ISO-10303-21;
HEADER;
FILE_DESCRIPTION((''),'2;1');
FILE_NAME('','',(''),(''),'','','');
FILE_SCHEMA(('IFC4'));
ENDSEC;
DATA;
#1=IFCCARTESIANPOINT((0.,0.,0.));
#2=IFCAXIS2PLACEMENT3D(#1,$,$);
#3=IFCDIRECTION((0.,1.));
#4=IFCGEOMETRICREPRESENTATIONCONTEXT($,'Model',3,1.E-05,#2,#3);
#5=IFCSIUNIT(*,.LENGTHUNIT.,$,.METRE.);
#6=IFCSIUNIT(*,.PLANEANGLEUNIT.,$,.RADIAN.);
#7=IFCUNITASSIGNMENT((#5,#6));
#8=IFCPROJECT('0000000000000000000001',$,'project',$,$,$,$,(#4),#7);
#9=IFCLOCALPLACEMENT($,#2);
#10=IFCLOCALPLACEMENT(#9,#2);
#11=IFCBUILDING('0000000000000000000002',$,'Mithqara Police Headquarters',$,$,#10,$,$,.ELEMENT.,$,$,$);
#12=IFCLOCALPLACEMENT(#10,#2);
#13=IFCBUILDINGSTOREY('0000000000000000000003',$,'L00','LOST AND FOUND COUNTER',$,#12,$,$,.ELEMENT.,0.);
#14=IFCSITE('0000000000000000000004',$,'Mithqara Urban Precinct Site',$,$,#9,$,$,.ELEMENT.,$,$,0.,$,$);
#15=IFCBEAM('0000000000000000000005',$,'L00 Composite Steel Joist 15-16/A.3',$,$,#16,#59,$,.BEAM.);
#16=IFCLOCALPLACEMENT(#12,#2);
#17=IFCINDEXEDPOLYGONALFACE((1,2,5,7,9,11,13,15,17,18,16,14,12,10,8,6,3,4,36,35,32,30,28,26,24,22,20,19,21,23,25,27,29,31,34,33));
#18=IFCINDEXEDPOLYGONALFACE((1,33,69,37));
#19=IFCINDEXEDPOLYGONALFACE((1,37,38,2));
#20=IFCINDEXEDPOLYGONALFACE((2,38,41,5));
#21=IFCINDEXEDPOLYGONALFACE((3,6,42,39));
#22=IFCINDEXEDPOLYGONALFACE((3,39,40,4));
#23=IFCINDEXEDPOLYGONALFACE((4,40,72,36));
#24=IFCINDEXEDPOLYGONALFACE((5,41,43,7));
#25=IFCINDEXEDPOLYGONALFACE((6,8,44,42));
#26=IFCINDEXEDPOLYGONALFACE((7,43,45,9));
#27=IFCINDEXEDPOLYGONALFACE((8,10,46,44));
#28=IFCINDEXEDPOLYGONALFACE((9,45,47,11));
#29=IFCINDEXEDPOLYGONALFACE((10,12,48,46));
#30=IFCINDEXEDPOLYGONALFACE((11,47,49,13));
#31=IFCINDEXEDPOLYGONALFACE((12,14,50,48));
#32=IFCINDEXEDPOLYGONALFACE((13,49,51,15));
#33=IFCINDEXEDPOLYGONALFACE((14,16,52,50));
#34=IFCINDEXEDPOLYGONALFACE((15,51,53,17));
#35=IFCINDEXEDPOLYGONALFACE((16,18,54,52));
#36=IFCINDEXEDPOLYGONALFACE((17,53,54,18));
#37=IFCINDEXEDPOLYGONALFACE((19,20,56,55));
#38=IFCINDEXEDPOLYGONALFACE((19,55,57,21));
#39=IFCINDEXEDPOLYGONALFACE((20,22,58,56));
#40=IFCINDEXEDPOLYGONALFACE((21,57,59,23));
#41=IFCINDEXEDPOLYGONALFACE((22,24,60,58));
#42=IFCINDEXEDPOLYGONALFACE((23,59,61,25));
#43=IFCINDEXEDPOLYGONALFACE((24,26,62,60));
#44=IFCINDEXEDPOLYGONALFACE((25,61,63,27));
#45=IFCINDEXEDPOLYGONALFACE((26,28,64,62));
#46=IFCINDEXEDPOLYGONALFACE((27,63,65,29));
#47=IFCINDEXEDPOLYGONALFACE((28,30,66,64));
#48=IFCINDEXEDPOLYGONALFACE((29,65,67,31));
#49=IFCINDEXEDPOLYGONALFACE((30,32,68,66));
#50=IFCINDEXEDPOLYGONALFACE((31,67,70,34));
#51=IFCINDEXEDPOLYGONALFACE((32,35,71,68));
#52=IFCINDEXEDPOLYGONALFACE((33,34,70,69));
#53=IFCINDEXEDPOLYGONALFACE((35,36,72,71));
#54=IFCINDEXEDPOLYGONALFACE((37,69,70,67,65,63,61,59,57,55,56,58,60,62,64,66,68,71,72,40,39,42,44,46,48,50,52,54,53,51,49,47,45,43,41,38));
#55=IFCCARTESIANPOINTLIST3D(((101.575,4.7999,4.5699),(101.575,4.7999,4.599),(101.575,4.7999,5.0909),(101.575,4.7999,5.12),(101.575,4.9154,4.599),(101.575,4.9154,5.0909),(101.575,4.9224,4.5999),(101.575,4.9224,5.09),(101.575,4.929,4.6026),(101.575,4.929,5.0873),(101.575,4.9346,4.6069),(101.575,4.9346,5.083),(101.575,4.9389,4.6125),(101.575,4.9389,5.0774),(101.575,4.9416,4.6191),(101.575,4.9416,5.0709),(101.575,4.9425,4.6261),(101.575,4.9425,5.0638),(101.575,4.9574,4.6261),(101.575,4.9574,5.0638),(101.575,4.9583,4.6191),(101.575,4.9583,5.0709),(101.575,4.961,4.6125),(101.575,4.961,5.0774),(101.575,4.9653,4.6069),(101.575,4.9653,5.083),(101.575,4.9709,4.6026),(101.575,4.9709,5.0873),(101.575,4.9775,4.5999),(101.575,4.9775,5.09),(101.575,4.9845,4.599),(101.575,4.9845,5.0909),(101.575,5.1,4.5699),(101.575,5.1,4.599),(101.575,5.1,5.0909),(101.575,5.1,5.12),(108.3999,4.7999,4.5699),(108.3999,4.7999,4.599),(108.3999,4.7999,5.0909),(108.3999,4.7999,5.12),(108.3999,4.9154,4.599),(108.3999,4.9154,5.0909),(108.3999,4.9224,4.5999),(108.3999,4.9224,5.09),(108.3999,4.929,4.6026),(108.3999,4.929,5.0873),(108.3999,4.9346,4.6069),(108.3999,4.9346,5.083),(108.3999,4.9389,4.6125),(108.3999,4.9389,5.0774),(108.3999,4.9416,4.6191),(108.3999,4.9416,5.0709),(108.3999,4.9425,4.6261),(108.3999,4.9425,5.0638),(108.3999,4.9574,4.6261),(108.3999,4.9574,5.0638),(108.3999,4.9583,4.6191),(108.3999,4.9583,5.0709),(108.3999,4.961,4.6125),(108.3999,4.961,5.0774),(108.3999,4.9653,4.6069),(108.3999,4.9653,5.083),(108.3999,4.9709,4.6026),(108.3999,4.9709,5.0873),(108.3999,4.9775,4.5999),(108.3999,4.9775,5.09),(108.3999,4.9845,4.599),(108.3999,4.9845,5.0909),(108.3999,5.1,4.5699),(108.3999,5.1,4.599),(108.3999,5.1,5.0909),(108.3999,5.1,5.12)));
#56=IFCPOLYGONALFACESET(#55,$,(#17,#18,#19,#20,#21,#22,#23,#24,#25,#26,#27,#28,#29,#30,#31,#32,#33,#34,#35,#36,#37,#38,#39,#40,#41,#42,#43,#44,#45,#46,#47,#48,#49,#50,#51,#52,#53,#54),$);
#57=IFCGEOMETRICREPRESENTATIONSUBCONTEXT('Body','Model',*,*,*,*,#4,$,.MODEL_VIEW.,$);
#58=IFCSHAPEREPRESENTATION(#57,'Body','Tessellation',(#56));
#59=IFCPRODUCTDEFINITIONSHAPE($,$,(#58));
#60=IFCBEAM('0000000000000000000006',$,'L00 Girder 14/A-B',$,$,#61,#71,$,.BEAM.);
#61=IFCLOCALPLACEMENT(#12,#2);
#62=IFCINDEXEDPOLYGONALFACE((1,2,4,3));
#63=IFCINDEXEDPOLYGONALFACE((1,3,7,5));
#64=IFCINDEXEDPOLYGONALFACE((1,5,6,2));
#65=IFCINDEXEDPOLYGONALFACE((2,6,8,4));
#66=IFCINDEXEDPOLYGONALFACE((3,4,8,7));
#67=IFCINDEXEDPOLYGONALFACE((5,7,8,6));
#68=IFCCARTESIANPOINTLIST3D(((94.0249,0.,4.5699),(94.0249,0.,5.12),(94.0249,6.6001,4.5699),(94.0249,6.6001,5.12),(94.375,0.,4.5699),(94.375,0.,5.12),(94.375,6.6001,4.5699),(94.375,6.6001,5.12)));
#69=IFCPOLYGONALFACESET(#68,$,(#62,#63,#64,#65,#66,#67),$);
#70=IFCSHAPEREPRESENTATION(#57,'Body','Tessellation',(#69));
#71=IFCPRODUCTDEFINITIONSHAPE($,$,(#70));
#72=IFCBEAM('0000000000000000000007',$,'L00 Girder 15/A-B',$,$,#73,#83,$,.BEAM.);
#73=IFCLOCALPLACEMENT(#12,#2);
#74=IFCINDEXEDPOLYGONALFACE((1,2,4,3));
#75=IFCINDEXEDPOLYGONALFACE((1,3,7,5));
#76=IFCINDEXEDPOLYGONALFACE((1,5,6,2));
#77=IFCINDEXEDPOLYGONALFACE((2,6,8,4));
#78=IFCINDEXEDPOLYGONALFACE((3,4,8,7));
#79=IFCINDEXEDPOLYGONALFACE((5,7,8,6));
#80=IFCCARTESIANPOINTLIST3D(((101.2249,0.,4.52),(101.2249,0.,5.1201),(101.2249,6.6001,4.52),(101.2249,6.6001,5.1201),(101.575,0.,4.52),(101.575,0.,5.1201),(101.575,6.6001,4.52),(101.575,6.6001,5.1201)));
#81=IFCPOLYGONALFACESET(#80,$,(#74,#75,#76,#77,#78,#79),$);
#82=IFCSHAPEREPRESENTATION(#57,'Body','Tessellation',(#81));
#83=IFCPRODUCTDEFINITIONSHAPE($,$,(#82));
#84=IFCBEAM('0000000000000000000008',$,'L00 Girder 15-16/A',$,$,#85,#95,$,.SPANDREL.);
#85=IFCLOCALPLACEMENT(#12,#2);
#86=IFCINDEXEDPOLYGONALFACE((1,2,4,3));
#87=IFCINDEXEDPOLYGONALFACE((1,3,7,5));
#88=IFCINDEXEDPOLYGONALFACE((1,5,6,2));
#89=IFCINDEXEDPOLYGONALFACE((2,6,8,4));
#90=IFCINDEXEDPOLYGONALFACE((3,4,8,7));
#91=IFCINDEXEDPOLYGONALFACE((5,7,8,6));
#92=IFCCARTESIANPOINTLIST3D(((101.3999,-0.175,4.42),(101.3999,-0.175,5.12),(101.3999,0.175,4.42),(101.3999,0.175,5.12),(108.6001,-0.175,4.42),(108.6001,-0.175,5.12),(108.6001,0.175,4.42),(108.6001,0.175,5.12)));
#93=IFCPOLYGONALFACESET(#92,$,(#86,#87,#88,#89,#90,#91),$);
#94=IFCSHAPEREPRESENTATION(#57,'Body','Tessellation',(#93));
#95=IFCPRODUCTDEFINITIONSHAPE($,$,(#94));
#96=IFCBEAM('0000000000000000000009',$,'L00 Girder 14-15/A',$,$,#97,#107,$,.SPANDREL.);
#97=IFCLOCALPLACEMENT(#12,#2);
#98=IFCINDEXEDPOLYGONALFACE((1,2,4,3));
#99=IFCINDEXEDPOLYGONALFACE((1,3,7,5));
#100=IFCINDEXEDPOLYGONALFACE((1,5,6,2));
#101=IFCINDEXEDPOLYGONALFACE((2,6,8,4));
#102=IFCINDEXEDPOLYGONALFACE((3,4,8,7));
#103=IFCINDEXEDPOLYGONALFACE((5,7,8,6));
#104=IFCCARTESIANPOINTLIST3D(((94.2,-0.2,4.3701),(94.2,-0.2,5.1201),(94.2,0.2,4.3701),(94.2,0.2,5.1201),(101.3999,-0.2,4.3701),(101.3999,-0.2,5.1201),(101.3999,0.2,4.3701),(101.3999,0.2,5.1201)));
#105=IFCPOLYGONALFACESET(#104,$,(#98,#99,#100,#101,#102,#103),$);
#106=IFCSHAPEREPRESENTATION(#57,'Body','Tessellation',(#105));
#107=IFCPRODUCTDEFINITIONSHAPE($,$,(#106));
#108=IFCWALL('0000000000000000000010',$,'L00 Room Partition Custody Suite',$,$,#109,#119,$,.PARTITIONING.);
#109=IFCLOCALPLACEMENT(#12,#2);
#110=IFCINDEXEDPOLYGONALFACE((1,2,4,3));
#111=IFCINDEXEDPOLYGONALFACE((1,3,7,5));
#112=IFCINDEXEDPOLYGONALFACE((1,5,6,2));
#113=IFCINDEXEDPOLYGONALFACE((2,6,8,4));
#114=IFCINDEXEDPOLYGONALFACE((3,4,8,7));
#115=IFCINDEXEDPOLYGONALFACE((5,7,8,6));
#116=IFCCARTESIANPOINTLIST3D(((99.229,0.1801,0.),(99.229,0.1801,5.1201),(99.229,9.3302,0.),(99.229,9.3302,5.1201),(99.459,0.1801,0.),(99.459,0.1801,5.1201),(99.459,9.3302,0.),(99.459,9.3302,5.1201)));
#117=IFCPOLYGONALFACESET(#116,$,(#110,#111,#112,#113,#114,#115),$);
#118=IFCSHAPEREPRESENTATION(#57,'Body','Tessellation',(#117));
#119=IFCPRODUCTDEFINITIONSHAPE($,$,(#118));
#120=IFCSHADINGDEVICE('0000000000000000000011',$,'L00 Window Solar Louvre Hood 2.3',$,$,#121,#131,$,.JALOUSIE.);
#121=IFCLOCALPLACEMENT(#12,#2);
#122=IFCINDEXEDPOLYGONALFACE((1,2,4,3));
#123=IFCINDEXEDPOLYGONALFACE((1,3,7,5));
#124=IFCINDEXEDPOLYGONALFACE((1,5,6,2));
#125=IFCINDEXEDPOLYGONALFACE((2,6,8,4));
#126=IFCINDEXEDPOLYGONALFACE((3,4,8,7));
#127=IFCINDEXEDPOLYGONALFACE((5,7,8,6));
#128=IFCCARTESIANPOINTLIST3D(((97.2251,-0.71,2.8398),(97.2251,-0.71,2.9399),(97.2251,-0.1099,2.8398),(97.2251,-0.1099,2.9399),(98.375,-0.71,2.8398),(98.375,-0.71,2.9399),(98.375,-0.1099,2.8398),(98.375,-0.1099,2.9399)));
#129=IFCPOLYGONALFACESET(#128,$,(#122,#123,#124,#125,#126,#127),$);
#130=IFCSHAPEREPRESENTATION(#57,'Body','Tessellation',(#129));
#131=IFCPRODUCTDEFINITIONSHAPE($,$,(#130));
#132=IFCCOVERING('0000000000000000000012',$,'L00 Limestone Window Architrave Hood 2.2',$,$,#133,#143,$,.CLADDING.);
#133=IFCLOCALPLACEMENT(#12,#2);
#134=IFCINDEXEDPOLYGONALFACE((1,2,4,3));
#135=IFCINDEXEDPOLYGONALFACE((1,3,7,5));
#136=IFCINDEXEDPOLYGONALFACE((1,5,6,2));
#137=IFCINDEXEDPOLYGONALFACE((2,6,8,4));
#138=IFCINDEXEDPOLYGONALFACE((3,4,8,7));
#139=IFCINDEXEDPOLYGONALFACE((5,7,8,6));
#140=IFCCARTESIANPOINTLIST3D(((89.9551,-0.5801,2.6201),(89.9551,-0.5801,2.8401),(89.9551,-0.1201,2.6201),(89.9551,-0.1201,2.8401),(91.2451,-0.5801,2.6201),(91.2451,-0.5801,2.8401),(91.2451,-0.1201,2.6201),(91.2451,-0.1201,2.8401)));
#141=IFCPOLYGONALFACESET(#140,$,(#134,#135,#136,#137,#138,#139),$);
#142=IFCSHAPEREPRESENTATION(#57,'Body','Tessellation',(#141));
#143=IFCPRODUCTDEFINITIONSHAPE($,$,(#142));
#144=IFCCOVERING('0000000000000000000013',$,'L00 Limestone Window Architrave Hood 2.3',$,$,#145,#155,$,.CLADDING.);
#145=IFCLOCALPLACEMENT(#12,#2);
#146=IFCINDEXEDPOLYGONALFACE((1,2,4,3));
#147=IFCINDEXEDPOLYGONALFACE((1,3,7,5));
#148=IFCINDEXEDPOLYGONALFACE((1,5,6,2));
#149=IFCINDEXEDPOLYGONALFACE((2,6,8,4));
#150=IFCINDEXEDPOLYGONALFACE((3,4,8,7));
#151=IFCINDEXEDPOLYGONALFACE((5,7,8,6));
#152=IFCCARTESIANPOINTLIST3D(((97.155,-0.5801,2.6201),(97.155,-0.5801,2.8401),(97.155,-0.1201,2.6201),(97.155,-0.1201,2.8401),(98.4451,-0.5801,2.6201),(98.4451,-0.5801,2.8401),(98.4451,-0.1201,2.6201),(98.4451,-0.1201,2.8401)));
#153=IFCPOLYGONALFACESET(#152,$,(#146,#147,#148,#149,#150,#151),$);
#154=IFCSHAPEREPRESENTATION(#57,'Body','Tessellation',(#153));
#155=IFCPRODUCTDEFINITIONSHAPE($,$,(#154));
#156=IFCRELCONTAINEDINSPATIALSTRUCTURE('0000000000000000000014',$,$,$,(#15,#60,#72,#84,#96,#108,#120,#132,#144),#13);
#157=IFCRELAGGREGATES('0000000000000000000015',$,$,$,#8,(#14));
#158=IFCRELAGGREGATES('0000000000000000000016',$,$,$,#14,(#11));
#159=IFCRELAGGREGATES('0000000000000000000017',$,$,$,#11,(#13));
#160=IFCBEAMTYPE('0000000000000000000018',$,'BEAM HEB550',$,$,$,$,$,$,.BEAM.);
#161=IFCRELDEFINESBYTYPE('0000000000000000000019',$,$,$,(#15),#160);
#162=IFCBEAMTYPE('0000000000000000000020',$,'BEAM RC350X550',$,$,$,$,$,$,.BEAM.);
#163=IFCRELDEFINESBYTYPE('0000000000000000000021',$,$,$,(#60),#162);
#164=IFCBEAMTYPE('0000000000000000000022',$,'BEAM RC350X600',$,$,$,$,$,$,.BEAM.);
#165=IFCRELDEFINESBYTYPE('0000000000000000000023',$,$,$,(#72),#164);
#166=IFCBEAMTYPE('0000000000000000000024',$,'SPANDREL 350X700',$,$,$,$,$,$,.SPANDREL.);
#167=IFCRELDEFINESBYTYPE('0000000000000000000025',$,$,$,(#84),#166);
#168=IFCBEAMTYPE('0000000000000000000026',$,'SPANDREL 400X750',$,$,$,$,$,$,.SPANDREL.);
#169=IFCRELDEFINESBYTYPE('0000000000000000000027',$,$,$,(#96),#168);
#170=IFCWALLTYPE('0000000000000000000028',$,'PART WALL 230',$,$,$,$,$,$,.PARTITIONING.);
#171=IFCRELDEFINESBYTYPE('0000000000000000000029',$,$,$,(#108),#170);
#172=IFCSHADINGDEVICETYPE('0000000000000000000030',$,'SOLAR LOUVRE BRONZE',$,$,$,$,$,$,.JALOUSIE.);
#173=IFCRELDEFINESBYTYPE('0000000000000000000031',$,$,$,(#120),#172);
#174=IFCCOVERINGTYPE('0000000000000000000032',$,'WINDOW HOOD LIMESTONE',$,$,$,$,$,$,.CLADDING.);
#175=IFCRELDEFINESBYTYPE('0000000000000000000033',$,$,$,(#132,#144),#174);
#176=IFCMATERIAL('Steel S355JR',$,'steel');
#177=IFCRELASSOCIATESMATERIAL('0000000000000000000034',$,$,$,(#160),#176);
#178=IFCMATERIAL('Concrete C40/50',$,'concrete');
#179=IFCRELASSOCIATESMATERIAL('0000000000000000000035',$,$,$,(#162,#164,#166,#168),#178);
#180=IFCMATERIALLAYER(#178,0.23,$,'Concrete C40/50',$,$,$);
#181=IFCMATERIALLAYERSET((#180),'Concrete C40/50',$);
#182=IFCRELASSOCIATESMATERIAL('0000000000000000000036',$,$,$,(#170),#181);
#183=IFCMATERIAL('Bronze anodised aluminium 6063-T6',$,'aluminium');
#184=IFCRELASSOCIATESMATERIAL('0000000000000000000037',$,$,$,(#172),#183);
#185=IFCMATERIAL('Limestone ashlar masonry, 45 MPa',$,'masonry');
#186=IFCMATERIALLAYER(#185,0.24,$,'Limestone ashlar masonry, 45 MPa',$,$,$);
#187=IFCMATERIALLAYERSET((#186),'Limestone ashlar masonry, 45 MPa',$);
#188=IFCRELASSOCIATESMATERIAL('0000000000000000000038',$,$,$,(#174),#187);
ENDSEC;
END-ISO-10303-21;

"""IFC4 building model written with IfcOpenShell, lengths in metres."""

from ifc_helpers import new_model, si_unit, direction, frame, frame_2d, origin, origin_2d, place, context, subcontext, project, spatial, rectangle, i_section, extrude, material, layer, layer_set, material_profile, profile_set, type_object, element, save


model = new_model("IFC4")

# Units and contexts
model_context = context("Model", 3, precision=1e-05, world=origin(), true_north=direction((0.0, 1.0)))
body_context = subcontext(model_context, "Body", "Model", "MODEL_VIEW")
ifc_project = project(units=[si_unit("LENGTHUNIT", "METRE"), si_unit("PLANEANGLEUNIT", "RADIAN")], contexts=[model_context])

# Site, building, storey
site_placement = place(None, origin())
site = spatial("IfcSite", under=ifc_project, at=site_placement, Name="Mithqara Urban Precinct Site", CompositionType="ELEMENT", RefElevation=0.0)
building_placement = place(site_placement, origin())
building = spatial("IfcBuilding", under=site, at=building_placement, Name="Mithqara Police Headquarters", CompositionType="ELEMENT")
storey_placement = place(building_placement, origin())
storey = spatial("IfcBuildingStorey", under=building, at=storey_placement, Name="L00", Description="LOST AND FOUND COUNTER", CompositionType="ELEMENT", Elevation=0.0)

# Shared definitions
ifc_material_1 = material(Name="Concrete C40/50", Category="concrete")

# Beams
ifc_material_2 = material(Name="Steel S355JR", Category="steel")
ifc_material_profile_1 = material_profile(ifc_material_2, i_section(OverallWidth=0.3, OverallDepth=0.55, WebThickness=0.0149, FlangeThickness=0.0291, FilletRadius=0.0271, at=origin_2d()), Name="HEB 550")
ifc_profile_set_1 = profile_set([ifc_material_profile_1], Name="Steel S355JR")
beam_type_1 = type_object("IfcBeamType", Name="BEAM HEB550", PredefinedType="BEAM", material=ifc_profile_set_1)
for number, where, z_axis, x_axis, name in (
    (1, (101.575, 4.95, 4.845), (1.0, 0.0, 0.0), (0.0, 1.0, 0.0), "L00 Composite Steel Joist 15-16/A.3"),
):
    element("IfcBeam", number, at=place(storey_placement, frame(where, z_axis=z_axis, x_axis=x_axis)), inside=storey, type_object=beam_type_1, Name=name, PredefinedType="BEAM", context=body_context, shape_type="SweptSolid", body=[
        extrude(i_section(OverallWidth=0.3, OverallDepth=0.55, WebThickness=0.0149, FlangeThickness=0.0291, FilletRadius=0.0271, at=origin_2d()), origin(), (0.0, 0.0, 1.0), 6.825),
    ])
ifc_material_profile_2 = material_profile(ifc_material_1, rectangle(XDim=0.3501, YDim=0.55, at=origin_2d()), Name="RC 350x550")
ifc_profile_set_2 = profile_set([ifc_material_profile_2], Name="Concrete C40/50")
beam_type_2 = type_object("IfcBeamType", Name="BEAM RC350X550", PredefinedType="BEAM", material=ifc_profile_set_2)
beam_1_placement = place(storey_placement, frame((94.2, 0.0, 4.845), z_axis=(0.0, 1.0, 0.0), x_axis=(-1.0, 0.0, 0.0)))
element("IfcBeam", 2, at=beam_1_placement, inside=storey, type_object=beam_type_2, Name="L00 Girder 14/A-B", PredefinedType="BEAM", context=body_context, shape_type="SweptSolid", body=[
    extrude(rectangle(XDim=0.3501, YDim=0.55, at=origin_2d()), origin(), (0.0, 0.0, 1.0), 6.6001),
])
ifc_material_profile_3 = material_profile(ifc_material_1, rectangle(XDim=0.3501, YDim=0.6001, at=origin_2d()), Name="RC 350x600")
ifc_profile_set_3 = profile_set([ifc_material_profile_3], Name="Concrete C40/50")
beam_type_3 = type_object("IfcBeamType", Name="BEAM RC350X600", PredefinedType="BEAM", material=ifc_profile_set_3)
beam_2_placement = place(storey_placement, frame((101.3999, 0.0, 4.8201), z_axis=(0.0, 1.0, 0.0), x_axis=(-1.0, 0.0, 0.0)))
element("IfcBeam", 3, at=beam_2_placement, inside=storey, type_object=beam_type_3, Name="L00 Girder 15/A-B", PredefinedType="BEAM", context=body_context, shape_type="SweptSolid", body=[
    extrude(rectangle(XDim=0.3501, YDim=0.6001, at=origin_2d()), origin(), (0.0, 0.0, 1.0), 6.6001),
])
ifc_material_profile_4 = material_profile(ifc_material_1, rectangle(XDim=0.3501, YDim=0.7, at=origin_2d()), Name="SPB 350x700")
ifc_profile_set_4 = profile_set([ifc_material_profile_4], Name="Concrete C40/50")
beam_type_4 = type_object("IfcBeamType", Name="SPANDREL 350X700", PredefinedType="SPANDREL", material=ifc_profile_set_4)
beam_3_placement = place(storey_placement, frame((101.3999, 0.0, 4.77), z_axis=(1.0, 0.0, 0.0), x_axis=(0.0, 1.0, 0.0)))
element("IfcBeam", 4, at=beam_3_placement, inside=storey, type_object=beam_type_4, Name="L00 Girder 15-16/A", PredefinedType="SPANDREL", context=body_context, shape_type="SweptSolid", body=[
    extrude(rectangle(XDim=0.3501, YDim=0.7, at=origin_2d()), origin(), (0.0, 0.0, 1.0), 7.2002),
])
ifc_material_profile_5 = material_profile(ifc_material_1, rectangle(XDim=0.3999, YDim=0.75, at=origin_2d()), Name="SPB 400x750")
ifc_profile_set_5 = profile_set([ifc_material_profile_5], Name="Concrete C40/50")
beam_type_5 = type_object("IfcBeamType", Name="SPANDREL 400X750", PredefinedType="SPANDREL", material=ifc_profile_set_5)
beam_4_placement = place(storey_placement, frame((94.2, 0.0, 4.7451), z_axis=(1.0, 0.0, 0.0), x_axis=(0.0, 1.0, 0.0)))
element("IfcBeam", 5, at=beam_4_placement, inside=storey, type_object=beam_type_5, Name="L00 Girder 14-15/A", PredefinedType="SPANDREL", context=body_context, shape_type="SweptSolid", body=[
    extrude(rectangle(XDim=0.3999, YDim=0.75, at=origin_2d()), origin(), (0.0, 0.0, 1.0), 7.2),
])

# Wall
ifc_layer_1 = layer(ifc_material_1, 0.23, Name="Concrete C40/50")
ifc_layer_set_1 = layer_set([ifc_layer_1], Name="Concrete C40/50")
wall_type = type_object("IfcWallType", Name="PART WALL 230", PredefinedType="PARTITIONING", material=ifc_layer_set_1)
wall_placement = place(storey_placement, frame((99.344, 0.1799, 0.0), z_axis=(0.0, 0.0, 1.0), x_axis=(0.0, 1.0, 0.0)))
element("IfcWall", 6, at=wall_placement, inside=storey, type_object=wall_type, Name="L00 Room Partition Custody Suite", PredefinedType="PARTITIONING", context=body_context, shape_type="SweptSolid", body=[
    extrude(rectangle(XDim=9.1501, YDim=0.23, at=frame_2d((4.5752, 0.0))), origin(), (0.0, 0.0, 1.0), 5.1201),
])

# Shading device
ifc_material_3 = material(Name="Bronze anodised aluminium 6063-T6", Category="aluminium")
shading_device_type = type_object("IfcShadingDeviceType", Name="SOLAR LOUVRE BRONZE", PredefinedType="JALOUSIE", material=ifc_material_3)
shading_device_placement = place(storey_placement, frame((97.8, -0.4099, 2.8398), z_axis=(0.0, 0.0, 1.0), x_axis=(1.0, 0.0, 0.0)))
element("IfcShadingDevice", 7, at=shading_device_placement, inside=storey, type_object=shading_device_type, Name="L00 Window Solar Louvre Hood 2.3", PredefinedType="JALOUSIE", context=body_context, shape_type="SweptSolid", body=[
    extrude(rectangle(XDim=1.1499, YDim=0.6001, at=origin_2d()), origin(), (0.0, 0.0, 1.0), 0.1001),
])

# Coverings
ifc_material_4 = material(Name="Limestone ashlar masonry, 45 MPa", Category="masonry")
ifc_layer_2 = layer(ifc_material_4, 0.24, Name="Limestone ashlar masonry, 45 MPa")
ifc_layer_set_2 = layer_set([ifc_layer_2], Name="Limestone ashlar masonry, 45 MPa")
covering_type = type_object("IfcCoveringType", Name="WINDOW HOOD LIMESTONE", PredefinedType="CLADDING", material=ifc_layer_set_2)
for number, where, z_axis, x_axis, name in (
    (8, (90.6001, -0.3501, 2.6201), (0.0, 0.0, 1.0), (1.0, 0.0, 0.0), "L00 Limestone Window Architrave Hood 2.2"),
    (9, (97.8, -0.3501, 2.6201), (0.0, 0.0, 1.0), (1.0, 0.0, 0.0), "L00 Limestone Window Architrave Hood 2.3"),
):
    element("IfcCovering", number, at=place(storey_placement, frame(where, z_axis=z_axis, x_axis=x_axis)), inside=storey, type_object=covering_type, Name=name, PredefinedType="CLADDING", context=body_context, shape_type="SweptSolid", body=[
        extrude(rectangle(XDim=1.29, YDim=0.46, at=origin_2d()), origin(), (0.0, 0.0, 1.0), 0.22),
    ])

save(model, "model.ifc")
